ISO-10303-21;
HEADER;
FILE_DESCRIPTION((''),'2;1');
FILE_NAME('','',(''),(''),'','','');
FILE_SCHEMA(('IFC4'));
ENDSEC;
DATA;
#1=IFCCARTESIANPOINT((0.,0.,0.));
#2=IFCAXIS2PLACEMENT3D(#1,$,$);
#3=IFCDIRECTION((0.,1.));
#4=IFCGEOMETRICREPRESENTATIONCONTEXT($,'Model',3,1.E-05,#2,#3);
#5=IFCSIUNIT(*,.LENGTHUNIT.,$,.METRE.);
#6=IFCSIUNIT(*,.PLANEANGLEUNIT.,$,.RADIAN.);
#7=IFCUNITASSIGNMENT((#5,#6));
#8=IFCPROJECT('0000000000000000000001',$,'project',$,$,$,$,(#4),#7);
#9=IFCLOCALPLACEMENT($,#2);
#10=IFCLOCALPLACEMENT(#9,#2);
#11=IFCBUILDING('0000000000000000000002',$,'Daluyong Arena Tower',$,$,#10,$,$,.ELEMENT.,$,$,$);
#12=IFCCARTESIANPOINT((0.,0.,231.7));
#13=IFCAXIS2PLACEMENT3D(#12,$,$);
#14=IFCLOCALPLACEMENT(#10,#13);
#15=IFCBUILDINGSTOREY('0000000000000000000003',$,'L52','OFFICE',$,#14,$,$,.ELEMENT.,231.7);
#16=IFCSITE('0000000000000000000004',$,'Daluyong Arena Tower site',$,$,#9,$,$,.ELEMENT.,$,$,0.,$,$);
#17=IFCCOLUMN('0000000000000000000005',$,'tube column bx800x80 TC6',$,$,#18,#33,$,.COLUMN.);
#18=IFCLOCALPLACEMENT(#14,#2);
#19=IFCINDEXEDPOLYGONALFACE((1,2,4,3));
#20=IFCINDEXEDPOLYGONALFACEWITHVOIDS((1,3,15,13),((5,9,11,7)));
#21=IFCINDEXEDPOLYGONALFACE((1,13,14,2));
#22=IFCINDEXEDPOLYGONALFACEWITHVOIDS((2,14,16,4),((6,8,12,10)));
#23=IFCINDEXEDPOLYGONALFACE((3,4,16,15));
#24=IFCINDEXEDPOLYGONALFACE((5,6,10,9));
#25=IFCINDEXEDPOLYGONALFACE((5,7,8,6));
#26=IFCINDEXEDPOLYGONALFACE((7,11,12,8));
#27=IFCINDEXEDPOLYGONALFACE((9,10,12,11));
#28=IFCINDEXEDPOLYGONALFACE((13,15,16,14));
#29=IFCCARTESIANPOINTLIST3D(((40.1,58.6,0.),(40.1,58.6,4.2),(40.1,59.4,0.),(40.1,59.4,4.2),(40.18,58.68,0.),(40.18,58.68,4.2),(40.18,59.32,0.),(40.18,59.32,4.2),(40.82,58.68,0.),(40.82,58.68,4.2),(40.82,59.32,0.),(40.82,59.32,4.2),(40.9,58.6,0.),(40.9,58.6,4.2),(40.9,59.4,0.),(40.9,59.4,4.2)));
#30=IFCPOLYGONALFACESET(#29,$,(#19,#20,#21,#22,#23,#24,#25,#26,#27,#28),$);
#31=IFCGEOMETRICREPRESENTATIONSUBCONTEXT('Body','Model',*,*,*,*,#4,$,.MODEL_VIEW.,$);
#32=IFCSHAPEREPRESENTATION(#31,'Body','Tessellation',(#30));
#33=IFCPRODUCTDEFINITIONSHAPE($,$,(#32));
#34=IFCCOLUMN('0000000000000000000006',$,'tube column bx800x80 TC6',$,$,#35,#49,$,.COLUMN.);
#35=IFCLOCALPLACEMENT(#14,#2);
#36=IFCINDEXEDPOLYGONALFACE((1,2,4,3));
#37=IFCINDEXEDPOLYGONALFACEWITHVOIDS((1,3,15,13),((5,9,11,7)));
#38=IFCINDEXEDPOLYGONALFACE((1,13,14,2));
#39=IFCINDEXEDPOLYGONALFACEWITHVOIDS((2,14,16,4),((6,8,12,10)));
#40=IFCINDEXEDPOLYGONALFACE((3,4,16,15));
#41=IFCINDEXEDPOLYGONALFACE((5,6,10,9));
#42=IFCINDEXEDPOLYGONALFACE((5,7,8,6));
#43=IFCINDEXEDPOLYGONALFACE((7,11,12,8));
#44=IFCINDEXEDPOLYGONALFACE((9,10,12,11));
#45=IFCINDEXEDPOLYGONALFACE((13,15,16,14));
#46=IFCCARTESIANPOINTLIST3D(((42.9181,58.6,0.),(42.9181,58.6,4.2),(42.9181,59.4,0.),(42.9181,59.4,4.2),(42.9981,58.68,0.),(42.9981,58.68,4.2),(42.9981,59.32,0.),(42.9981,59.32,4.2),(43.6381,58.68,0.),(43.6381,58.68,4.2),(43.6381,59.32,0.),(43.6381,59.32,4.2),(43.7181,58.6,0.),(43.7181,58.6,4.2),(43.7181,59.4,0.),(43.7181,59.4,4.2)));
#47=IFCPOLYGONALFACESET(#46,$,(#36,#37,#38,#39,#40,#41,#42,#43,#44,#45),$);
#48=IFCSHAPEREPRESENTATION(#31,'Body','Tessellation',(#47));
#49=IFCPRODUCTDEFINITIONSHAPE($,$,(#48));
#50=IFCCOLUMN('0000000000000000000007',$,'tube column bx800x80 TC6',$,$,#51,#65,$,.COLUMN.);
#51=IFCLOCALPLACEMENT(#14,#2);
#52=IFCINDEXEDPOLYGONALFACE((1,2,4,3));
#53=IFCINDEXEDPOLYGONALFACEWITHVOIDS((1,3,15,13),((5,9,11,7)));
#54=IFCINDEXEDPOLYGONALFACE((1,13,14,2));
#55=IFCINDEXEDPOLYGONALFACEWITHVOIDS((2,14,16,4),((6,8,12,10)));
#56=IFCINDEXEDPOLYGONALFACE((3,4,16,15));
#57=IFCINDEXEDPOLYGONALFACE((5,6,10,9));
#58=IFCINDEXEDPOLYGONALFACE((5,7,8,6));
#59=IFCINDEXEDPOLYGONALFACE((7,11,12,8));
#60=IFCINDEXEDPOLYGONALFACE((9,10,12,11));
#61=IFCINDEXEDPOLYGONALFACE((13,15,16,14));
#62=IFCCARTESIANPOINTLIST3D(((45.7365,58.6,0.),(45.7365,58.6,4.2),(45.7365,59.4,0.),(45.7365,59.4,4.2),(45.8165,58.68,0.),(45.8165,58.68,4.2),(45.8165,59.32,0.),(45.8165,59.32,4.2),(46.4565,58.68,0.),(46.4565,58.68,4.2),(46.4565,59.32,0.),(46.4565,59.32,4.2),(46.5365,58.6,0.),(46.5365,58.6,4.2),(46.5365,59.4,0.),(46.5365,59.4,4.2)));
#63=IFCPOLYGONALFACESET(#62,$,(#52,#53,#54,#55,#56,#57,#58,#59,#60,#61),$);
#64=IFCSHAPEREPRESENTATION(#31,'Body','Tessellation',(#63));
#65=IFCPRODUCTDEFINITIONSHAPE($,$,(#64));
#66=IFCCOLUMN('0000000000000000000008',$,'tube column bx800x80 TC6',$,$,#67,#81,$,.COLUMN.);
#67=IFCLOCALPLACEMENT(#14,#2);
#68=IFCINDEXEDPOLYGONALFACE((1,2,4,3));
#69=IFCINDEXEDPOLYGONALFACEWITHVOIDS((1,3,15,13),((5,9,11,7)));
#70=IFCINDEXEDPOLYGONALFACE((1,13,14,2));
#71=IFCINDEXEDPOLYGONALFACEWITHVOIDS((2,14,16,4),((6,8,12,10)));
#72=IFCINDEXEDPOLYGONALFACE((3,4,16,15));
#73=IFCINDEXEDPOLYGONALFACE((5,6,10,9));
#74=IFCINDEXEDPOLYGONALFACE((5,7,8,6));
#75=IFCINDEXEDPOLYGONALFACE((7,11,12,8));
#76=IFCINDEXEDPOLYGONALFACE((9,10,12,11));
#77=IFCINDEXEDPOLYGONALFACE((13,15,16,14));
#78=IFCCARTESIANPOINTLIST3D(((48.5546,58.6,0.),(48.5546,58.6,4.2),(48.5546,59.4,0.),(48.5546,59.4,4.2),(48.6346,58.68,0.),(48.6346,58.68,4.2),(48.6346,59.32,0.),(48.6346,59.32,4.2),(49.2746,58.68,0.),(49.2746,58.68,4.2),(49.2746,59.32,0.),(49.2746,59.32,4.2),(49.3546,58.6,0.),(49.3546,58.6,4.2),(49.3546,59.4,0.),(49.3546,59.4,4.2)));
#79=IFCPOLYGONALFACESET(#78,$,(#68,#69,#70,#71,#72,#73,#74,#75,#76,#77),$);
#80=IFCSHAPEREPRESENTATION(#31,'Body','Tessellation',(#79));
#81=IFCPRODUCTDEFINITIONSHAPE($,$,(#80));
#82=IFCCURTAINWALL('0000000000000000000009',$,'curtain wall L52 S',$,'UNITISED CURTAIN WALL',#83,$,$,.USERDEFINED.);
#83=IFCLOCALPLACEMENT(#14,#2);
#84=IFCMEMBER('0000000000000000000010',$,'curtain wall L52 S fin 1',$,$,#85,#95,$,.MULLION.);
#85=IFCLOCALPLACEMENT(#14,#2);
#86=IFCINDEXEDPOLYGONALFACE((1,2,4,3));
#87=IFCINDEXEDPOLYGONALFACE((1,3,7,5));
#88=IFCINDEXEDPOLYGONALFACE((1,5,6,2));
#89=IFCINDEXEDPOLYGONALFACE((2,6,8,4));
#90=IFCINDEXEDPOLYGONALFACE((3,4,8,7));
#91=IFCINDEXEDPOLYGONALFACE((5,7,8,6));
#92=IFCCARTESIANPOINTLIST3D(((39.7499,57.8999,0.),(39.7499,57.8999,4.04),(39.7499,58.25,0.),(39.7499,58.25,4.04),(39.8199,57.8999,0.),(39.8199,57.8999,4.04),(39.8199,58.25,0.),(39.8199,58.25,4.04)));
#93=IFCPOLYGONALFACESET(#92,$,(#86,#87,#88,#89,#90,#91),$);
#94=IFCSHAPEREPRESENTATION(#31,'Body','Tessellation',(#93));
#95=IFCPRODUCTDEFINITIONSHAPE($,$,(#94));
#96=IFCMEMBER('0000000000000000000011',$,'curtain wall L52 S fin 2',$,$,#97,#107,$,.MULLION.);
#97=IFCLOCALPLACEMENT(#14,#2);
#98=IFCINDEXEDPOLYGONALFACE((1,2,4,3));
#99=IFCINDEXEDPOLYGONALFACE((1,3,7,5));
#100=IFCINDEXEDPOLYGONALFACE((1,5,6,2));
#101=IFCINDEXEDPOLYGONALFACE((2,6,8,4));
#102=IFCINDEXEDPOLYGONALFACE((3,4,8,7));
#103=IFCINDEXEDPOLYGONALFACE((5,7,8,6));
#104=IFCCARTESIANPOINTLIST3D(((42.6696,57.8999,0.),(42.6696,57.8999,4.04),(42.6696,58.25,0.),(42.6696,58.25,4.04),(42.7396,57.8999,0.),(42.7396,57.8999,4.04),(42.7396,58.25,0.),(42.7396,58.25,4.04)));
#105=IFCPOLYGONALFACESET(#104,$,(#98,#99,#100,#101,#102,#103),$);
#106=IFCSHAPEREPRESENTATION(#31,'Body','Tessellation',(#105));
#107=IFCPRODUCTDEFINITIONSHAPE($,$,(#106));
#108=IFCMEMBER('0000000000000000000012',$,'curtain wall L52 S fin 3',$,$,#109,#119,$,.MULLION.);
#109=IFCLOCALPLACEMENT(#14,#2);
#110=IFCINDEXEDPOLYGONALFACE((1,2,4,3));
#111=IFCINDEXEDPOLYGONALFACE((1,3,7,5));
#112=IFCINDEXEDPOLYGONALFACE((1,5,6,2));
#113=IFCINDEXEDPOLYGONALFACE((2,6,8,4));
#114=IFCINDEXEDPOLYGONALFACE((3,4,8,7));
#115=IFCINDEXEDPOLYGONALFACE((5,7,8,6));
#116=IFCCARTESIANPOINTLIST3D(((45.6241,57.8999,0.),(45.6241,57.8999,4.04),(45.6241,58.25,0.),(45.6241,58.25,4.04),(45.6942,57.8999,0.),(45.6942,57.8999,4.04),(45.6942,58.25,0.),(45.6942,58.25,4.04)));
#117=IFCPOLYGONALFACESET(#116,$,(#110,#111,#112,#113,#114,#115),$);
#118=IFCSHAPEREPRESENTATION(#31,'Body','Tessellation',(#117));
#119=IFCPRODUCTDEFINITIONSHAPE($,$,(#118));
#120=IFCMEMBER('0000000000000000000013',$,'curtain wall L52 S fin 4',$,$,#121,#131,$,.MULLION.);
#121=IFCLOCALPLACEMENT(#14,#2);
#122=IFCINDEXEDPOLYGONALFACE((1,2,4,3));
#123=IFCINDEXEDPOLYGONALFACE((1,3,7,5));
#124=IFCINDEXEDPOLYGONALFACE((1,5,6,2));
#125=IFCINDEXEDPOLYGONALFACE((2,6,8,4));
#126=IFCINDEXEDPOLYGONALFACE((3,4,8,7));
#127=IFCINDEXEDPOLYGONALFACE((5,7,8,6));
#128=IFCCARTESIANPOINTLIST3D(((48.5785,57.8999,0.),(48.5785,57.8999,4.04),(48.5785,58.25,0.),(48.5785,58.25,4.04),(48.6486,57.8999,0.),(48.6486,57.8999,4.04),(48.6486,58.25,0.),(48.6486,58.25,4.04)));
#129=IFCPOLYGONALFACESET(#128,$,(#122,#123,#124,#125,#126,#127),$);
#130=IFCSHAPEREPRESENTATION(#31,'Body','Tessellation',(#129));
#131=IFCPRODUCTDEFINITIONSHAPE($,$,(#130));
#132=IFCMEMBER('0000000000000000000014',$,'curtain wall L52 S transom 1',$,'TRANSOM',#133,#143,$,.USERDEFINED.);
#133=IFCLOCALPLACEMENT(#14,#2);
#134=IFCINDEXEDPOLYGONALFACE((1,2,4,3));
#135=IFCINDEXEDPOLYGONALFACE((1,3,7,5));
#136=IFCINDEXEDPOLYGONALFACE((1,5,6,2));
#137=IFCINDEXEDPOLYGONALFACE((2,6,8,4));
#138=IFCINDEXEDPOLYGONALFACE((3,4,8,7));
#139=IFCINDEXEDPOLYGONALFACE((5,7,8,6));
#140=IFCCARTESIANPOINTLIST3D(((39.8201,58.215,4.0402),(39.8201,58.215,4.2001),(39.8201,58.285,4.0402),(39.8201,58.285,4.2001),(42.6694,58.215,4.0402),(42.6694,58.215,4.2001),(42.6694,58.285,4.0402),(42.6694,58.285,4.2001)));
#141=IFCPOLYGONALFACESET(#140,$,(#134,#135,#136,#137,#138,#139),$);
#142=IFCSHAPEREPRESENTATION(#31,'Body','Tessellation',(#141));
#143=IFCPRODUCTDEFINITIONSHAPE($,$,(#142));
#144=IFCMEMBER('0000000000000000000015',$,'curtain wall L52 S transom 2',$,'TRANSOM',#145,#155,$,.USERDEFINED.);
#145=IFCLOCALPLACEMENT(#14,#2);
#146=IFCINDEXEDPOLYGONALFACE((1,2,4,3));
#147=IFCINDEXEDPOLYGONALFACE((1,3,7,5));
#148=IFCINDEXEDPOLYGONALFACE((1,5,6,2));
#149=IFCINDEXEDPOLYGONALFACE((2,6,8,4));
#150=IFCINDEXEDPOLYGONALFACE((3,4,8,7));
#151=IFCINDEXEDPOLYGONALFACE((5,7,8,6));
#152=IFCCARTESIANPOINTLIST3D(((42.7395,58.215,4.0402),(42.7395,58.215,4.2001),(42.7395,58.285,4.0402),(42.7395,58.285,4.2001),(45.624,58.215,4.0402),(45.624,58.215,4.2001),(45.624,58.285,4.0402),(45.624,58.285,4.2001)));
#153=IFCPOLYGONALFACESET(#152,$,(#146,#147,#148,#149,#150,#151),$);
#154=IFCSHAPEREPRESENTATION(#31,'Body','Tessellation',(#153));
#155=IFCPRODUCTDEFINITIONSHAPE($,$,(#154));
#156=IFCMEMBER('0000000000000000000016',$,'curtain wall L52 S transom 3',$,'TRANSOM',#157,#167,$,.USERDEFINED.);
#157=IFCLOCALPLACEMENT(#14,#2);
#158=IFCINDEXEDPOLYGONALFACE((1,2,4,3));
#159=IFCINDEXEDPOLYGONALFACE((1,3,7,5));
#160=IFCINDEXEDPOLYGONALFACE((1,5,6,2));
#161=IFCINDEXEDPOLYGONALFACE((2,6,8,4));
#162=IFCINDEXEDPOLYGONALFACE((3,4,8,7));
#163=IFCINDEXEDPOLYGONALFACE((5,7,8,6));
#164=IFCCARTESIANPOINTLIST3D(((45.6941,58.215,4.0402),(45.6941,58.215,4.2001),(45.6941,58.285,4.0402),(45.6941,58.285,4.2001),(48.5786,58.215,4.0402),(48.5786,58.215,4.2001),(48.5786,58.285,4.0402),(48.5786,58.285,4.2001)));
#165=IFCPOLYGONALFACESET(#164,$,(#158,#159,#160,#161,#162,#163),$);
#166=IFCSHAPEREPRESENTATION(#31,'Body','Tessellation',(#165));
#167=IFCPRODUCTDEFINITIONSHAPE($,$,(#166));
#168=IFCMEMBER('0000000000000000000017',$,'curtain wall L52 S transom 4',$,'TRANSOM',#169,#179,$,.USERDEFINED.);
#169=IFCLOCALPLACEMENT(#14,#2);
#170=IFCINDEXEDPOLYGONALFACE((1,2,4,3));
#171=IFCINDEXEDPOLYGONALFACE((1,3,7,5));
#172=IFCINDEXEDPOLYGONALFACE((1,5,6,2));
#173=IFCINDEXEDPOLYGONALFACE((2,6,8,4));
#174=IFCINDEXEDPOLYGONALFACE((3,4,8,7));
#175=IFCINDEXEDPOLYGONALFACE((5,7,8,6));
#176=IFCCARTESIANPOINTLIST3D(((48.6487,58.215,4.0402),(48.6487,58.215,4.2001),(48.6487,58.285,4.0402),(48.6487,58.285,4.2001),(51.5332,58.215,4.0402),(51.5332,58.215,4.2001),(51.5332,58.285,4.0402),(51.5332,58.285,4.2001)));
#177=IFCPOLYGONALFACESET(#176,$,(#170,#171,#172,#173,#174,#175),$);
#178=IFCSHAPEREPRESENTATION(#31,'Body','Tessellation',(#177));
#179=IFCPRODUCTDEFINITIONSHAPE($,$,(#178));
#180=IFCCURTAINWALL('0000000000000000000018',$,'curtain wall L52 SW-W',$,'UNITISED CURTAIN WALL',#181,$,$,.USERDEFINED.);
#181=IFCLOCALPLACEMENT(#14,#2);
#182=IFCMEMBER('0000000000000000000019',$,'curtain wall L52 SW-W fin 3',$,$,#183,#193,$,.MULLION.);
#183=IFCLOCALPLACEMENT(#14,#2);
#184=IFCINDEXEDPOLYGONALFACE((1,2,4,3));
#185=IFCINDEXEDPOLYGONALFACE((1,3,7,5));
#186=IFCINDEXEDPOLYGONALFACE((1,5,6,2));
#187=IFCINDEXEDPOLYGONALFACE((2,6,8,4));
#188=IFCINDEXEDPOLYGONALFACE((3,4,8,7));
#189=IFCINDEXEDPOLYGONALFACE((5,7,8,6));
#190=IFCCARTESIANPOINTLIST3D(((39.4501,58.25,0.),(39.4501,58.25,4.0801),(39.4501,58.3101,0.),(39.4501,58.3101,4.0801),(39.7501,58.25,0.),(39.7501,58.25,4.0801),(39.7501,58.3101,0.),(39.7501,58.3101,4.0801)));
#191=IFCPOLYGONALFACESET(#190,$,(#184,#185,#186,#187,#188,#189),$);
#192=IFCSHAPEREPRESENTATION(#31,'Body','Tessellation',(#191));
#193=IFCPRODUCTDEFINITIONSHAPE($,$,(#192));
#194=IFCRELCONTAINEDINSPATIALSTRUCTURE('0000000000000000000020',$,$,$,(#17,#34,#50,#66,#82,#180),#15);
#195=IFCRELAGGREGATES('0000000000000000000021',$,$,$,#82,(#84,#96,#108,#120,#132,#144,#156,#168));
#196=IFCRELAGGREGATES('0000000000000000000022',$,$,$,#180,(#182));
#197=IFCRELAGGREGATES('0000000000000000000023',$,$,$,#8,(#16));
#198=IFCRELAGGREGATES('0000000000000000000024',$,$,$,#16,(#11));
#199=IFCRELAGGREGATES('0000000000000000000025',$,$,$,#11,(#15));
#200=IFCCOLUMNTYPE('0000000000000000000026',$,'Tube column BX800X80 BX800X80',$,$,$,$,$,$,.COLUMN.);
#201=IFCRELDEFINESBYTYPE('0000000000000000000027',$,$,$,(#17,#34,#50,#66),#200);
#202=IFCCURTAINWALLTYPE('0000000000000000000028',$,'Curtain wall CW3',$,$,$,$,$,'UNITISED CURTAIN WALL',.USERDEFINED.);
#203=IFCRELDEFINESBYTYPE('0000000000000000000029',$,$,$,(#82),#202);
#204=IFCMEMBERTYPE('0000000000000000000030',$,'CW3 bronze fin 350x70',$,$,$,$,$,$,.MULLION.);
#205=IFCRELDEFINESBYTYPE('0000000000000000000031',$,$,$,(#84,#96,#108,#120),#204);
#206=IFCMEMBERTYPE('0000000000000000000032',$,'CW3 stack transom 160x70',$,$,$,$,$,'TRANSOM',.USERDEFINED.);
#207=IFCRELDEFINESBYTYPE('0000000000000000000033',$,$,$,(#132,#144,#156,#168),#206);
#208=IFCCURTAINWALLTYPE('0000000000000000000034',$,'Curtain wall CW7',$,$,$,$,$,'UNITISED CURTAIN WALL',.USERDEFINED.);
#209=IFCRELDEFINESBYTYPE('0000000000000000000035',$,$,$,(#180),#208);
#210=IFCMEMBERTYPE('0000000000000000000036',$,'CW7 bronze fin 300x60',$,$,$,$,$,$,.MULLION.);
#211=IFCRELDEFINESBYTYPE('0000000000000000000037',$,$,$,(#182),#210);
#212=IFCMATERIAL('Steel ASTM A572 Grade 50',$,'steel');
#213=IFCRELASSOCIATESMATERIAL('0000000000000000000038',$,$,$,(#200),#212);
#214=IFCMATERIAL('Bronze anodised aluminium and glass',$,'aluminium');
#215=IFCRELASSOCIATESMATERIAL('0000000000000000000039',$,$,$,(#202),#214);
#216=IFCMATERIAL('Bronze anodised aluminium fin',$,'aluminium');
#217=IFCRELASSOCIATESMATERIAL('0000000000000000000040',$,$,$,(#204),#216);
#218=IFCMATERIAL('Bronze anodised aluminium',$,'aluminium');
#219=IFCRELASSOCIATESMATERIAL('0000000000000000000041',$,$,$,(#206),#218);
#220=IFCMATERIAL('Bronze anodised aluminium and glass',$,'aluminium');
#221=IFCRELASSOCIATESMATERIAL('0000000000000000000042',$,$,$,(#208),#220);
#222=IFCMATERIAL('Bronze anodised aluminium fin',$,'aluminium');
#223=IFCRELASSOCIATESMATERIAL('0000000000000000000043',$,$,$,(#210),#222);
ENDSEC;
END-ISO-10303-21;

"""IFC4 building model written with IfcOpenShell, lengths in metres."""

from ifc_helpers import new_model, si_unit, direction, frame, origin, origin_2d, place, context, subcontext, project, spatial, rectangle, hollow_rectangle, extrude, material, material_profile, profile_set, type_object, element, aggregate, save


model = new_model("IFC4")

# Units and contexts
model_context = context("Model", 3, precision=1e-05, world=origin(), true_north=direction((0.0, 1.0)))
body_context = subcontext(model_context, "Body", "Model", "MODEL_VIEW")
ifc_project = project(units=[si_unit("LENGTHUNIT", "METRE"), si_unit("PLANEANGLEUNIT", "RADIAN")], contexts=[model_context])

# Site, building, storey
site_placement = place(None, origin())
site = spatial("IfcSite", under=ifc_project, at=site_placement, Name="Daluyong Arena Tower site", CompositionType="ELEMENT", RefElevation=0.0)
building_placement = place(site_placement, origin())
building = spatial("IfcBuilding", under=site, at=building_placement, Name="Daluyong Arena Tower", CompositionType="ELEMENT")
storey_placement = place(building_placement, frame((0.0, 0.0, 231.7)))
storey = spatial("IfcBuildingStorey", under=building, at=storey_placement, Name="L52", Description="OFFICE", CompositionType="ELEMENT", Elevation=231.7)

# Columns
ifc_material_1 = material(Name="Steel ASTM A572 Grade 50", Category="steel")
ifc_material_profile_1 = material_profile(ifc_material_1, hollow_rectangle(XDim=0.8, YDim=0.8, WallThickness=0.08, at=origin_2d()))
ifc_profile_set_1 = profile_set([ifc_material_profile_1], Name="Steel ASTM A572 Grade 50")
column_type = type_object("IfcColumnType", Name="Tube column BX800X80 BX800X80", PredefinedType="COLUMN", material=ifc_profile_set_1)
for number, where, z_axis, x_axis, name in (
    (1, (40.5, 59.0, 0.0), (0.0, 0.0, 1.0), (1.0, 0.0, 0.0), "tube column bx800x80 TC6"),
    (2, (43.3181, 59.0, 0.0), (0.0, 0.0, 1.0), (1.0, 0.0, 0.0), "tube column bx800x80 TC6"),
    (3, (46.1365, 59.0, 0.0), (0.0, 0.0, 1.0), (1.0, 0.0, 0.0), "tube column bx800x80 TC6"),
    (4, (48.9546, 59.0, 0.0), (0.0, 0.0, 1.0), (1.0, 0.0, 0.0), "tube column bx800x80 TC6"),
):
    element("IfcColumn", number, at=place(storey_placement, frame(where, z_axis=z_axis, x_axis=x_axis)), inside=storey, type_object=column_type, Name=name, PredefinedType="COLUMN", context=body_context, shape_type="SweptSolid", body=[
        extrude(hollow_rectangle(XDim=0.8, YDim=0.8, WallThickness=0.08, at=origin_2d()), origin(), (0.0, 0.0, 1.0), 4.2),
    ])

# Curtain wall, members
ifc_material_2 = material(Name="Bronze anodised aluminium and glass", Category="aluminium")
curtain_wall_type_1 = type_object("IfcCurtainWallType", Name="Curtain wall CW3", ElementType="UNITISED CURTAIN WALL", PredefinedType="USERDEFINED", material=ifc_material_2)
curtain_wall_1_placement = place(storey_placement, origin())
curtain_wall_1 = element("IfcCurtainWall", 5, at=curtain_wall_1_placement, inside=storey, type_object=curtain_wall_type_1, Name="curtain wall L52 S", ObjectType="UNITISED CURTAIN WALL", PredefinedType="USERDEFINED")
ifc_material_3 = material(Name="Bronze anodised aluminium fin", Category="aluminium")
ifc_material_profile_2 = material_profile(ifc_material_3, rectangle(XDim=0.3501, YDim=0.0701, at=origin_2d()))
ifc_profile_set_2 = profile_set([ifc_material_profile_2], Name="Bronze anodised aluminium fin")
member_type_1 = type_object("IfcMemberType", Name="CW3 bronze fin 350x70", PredefinedType="MULLION", material=ifc_profile_set_2)
member_1_placement = place(storey_placement, frame((39.7849, 58.075, 0.0), z_axis=(0.0, 0.0, 1.0), x_axis=(0.0, 1.0, 0.0)))
member_1 = element("IfcMember", 6, at=member_1_placement, type_object=member_type_1, Name="curtain wall L52 S fin 1", PredefinedType="MULLION", context=body_context, shape_type="SweptSolid", body=[
    extrude(rectangle(XDim=0.3501, YDim=0.0701, at=origin_2d()), origin(), (0.0, 0.0, 1.0), 4.04),
])
member_2_placement = place(storey_placement, frame((42.7046, 58.075, 0.0), z_axis=(0.0, 0.0, 1.0), x_axis=(0.0, 1.0, 0.0)))
member_2 = element("IfcMember", 7, at=member_2_placement, type_object=member_type_1, Name="curtain wall L52 S fin 2", PredefinedType="MULLION", context=body_context, shape_type="SweptSolid", body=[
    extrude(rectangle(XDim=0.3501, YDim=0.0701, at=origin_2d()), origin(), (0.0, 0.0, 1.0), 4.04),
])
member_3_placement = place(storey_placement, frame((45.6592, 58.075, 0.0), z_axis=(0.0, 0.0, 1.0), x_axis=(0.0, 1.0, 0.0)))
member_3 = element("IfcMember", 8, at=member_3_placement, type_object=member_type_1, Name="curtain wall L52 S fin 3", PredefinedType="MULLION", context=body_context, shape_type="SweptSolid", body=[
    extrude(rectangle(XDim=0.3501, YDim=0.0701, at=origin_2d()), origin(), (0.0, 0.0, 1.0), 4.04),
])
member_4_placement = place(storey_placement, frame((48.6135, 58.075, 0.0), z_axis=(0.0, 0.0, 1.0), x_axis=(0.0, 1.0, 0.0)))
member_4 = element("IfcMember", 9, at=member_4_placement, type_object=member_type_1, Name="curtain wall L52 S fin 4", PredefinedType="MULLION", context=body_context, shape_type="SweptSolid", body=[
    extrude(rectangle(XDim=0.3501, YDim=0.0701, at=origin_2d()), origin(), (0.0, 0.0, 1.0), 4.04),
])
ifc_material_4 = material(Name="Bronze anodised aluminium", Category="aluminium")
ifc_material_profile_3 = material_profile(ifc_material_4, rectangle(XDim=0.0701, YDim=0.1599, at=origin_2d()))
ifc_profile_set_3 = profile_set([ifc_material_profile_3], Name="Bronze anodised aluminium")
member_type_2 = type_object("IfcMemberType", Name="CW3 stack transom 160x70", ElementType="TRANSOM", PredefinedType="USERDEFINED", material=ifc_profile_set_3)
member_5_placement = place(storey_placement, frame((39.8201, 58.25, 4.1201), z_axis=(1.0, 0.0, 0.0), x_axis=(0.0, 1.0, 0.0)))
member_5 = element("IfcMember", 10, at=member_5_placement, type_object=member_type_2, Name="curtain wall L52 S transom 1", ObjectType="TRANSOM", PredefinedType="USERDEFINED", context=body_context, shape_type="SweptSolid", body=[
    extrude(rectangle(XDim=0.0701, YDim=0.1599, at=origin_2d()), origin(), (0.0, 0.0, 1.0), 2.8494),
])
member_6_placement = place(storey_placement, frame((42.7395, 58.25, 4.1201), z_axis=(1.0, 0.0, 0.0), x_axis=(0.0, 1.0, 0.0)))
member_6 = element("IfcMember", 11, at=member_6_placement, type_object=member_type_2, Name="curtain wall L52 S transom 2", ObjectType="TRANSOM", PredefinedType="USERDEFINED", context=body_context, shape_type="SweptSolid", body=[
    extrude(rectangle(XDim=0.0701, YDim=0.1599, at=origin_2d()), origin(), (0.0, 0.0, 1.0), 2.8845),
])
member_7_placement = place(storey_placement, frame((45.6941, 58.25, 4.1201), z_axis=(1.0, 0.0, 0.0), x_axis=(0.0, 1.0, 0.0)))
member_7 = element("IfcMember", 12, at=member_7_placement, type_object=member_type_2, Name="curtain wall L52 S transom 3", ObjectType="TRANSOM", PredefinedType="USERDEFINED", context=body_context, shape_type="SweptSolid", body=[
    extrude(rectangle(XDim=0.0701, YDim=0.1599, at=origin_2d()), origin(), (0.0, 0.0, 1.0), 2.8845),
])
member_8_placement = place(storey_placement, frame((48.6487, 58.25, 4.1201), z_axis=(1.0, 0.0, 0.0), x_axis=(0.0, 1.0, 0.0)))
member_8 = element("IfcMember", 13, at=member_8_placement, type_object=member_type_2, Name="curtain wall L52 S transom 4", ObjectType="TRANSOM", PredefinedType="USERDEFINED", context=body_context, shape_type="SweptSolid", body=[
    extrude(rectangle(XDim=0.0701, YDim=0.1599, at=origin_2d()), origin(), (0.0, 0.0, 1.0), 2.8845),
])

# Curtain wall, member
ifc_material_5 = material(Name="Bronze anodised aluminium and glass", Category="aluminium")
curtain_wall_type_2 = type_object("IfcCurtainWallType", Name="Curtain wall CW7", ElementType="UNITISED CURTAIN WALL", PredefinedType="USERDEFINED", material=ifc_material_5)
curtain_wall_2_placement = place(storey_placement, origin())
curtain_wall_2 = element("IfcCurtainWall", 14, at=curtain_wall_2_placement, inside=storey, type_object=curtain_wall_type_2, Name="curtain wall L52 SW-W", ObjectType="UNITISED CURTAIN WALL", PredefinedType="USERDEFINED")
ifc_material_6 = material(Name="Bronze anodised aluminium fin", Category="aluminium")
ifc_material_profile_4 = material_profile(ifc_material_6, rectangle(XDim=0.3, YDim=0.0601, at=origin_2d()))
ifc_profile_set_4 = profile_set([ifc_material_profile_4], Name="Bronze anodised aluminium fin")
member_type_3 = type_object("IfcMemberType", Name="CW7 bronze fin 300x60", PredefinedType="MULLION", material=ifc_profile_set_4)
member_9_placement = place(storey_placement, frame((39.6001, 58.28, 0.0), z_axis=(0.0, 0.0, 1.0), x_axis=(1.0, 0.0, 0.0)))
member_9 = element("IfcMember", 15, at=member_9_placement, type_object=member_type_3, Name="curtain wall L52 SW-W fin 3", PredefinedType="MULLION", context=body_context, shape_type="SweptSolid", body=[
    extrude(rectangle(XDim=0.3, YDim=0.0601, at=origin_2d()), origin(), (0.0, 0.0, 1.0), 4.0801),
])

aggregate(curtain_wall_1, [member_1, member_2, member_3, member_4, member_5, member_6, member_7, member_8])
aggregate(curtain_wall_2, [member_9])

save(model, "model.ifc")
